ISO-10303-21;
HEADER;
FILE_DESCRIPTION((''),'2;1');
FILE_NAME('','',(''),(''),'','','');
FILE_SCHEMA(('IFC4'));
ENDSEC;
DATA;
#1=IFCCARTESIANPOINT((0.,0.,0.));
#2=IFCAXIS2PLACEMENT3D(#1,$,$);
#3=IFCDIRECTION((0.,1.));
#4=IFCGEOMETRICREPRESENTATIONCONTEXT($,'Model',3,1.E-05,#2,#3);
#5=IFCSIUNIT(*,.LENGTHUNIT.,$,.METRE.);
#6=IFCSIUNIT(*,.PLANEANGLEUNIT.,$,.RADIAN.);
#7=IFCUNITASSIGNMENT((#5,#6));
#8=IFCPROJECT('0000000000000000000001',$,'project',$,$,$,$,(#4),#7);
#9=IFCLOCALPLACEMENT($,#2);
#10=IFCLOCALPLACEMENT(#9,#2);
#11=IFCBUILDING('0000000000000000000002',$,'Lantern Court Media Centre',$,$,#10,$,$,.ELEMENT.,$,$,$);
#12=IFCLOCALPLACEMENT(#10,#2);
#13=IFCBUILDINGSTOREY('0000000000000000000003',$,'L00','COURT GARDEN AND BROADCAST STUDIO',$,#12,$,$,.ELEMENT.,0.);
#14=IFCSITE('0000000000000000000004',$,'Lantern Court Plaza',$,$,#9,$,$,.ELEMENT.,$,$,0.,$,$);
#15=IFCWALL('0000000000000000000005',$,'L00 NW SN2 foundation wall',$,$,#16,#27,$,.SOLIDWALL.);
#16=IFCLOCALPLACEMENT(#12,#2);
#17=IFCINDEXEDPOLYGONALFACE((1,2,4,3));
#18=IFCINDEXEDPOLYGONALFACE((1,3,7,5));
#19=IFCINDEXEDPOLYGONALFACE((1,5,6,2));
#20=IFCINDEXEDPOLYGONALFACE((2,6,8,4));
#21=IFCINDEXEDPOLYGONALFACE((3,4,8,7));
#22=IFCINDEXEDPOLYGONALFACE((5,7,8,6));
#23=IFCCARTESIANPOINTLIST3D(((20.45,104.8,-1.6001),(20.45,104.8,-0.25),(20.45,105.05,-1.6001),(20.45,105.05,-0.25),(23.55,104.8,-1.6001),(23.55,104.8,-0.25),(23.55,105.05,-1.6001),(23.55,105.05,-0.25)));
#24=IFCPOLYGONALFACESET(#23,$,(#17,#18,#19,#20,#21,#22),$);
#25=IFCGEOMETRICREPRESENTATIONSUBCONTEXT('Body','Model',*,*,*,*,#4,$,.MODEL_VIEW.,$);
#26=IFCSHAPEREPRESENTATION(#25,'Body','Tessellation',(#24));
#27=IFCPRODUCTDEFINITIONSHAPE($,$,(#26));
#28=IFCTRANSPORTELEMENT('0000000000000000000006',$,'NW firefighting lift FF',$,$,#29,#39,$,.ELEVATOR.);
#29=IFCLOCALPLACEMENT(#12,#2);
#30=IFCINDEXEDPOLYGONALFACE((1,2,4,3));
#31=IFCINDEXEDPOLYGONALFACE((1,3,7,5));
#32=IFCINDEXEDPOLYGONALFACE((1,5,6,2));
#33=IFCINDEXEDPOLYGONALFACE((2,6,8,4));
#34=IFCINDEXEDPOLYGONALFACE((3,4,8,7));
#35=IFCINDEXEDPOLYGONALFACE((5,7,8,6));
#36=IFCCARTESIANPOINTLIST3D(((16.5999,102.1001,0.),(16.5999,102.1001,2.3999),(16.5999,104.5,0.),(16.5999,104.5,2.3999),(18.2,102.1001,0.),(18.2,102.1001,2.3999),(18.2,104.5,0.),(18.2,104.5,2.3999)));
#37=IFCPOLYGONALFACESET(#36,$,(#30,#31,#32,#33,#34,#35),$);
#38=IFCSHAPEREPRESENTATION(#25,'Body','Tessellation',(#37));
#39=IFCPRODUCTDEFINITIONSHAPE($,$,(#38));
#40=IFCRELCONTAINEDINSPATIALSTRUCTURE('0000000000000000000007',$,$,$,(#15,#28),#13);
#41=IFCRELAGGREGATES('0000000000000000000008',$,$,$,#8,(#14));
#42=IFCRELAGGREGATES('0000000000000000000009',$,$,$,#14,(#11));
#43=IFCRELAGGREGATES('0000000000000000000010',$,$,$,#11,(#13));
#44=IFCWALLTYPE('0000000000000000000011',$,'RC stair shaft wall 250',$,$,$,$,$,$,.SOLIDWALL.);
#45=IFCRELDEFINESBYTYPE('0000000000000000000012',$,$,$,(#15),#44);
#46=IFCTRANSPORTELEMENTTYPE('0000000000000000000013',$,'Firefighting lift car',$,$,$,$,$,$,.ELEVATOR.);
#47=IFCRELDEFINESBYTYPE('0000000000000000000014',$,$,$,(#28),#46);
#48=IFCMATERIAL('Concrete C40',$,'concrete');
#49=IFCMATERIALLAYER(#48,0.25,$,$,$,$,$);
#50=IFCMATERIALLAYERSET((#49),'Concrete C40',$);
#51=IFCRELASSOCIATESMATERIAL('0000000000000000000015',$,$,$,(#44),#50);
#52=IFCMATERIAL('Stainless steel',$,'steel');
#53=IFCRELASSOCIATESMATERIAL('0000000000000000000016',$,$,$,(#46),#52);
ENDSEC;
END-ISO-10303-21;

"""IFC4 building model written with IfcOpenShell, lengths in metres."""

from ifc_helpers import new_model, si_unit, direction, frame, frame_2d, origin, origin_2d, place, context, subcontext, project, spatial, rectangle, extrude, material, layer, layer_set, type_object, element, save


model = new_model("IFC4")

# Units and contexts
model_context = context("Model", 3, precision=1e-05, world=origin(), true_north=direction((0.0, 1.0)))
body_context = subcontext(model_context, "Body", "Model", "MODEL_VIEW")
ifc_project = project(units=[si_unit("LENGTHUNIT", "METRE"), si_unit("PLANEANGLEUNIT", "RADIAN")], contexts=[model_context])

# Site, building, storey
site_placement = place(None, origin())
site = spatial("IfcSite", under=ifc_project, at=site_placement, Name="Lantern Court Plaza", CompositionType="ELEMENT", RefElevation=0.0)
building_placement = place(site_placement, origin())
building = spatial("IfcBuilding", under=site, at=building_placement, Name="Lantern Court Media Centre", CompositionType="ELEMENT")
storey_placement = place(building_placement, origin())
storey = spatial("IfcBuildingStorey", under=building, at=storey_placement, Name="L00", Description="COURT GARDEN AND BROADCAST STUDIO", CompositionType="ELEMENT", Elevation=0.0)

# Wall
ifc_material_1 = material(Name="Concrete C40", Category="concrete")
ifc_layer_1 = layer(ifc_material_1, 0.25)
ifc_layer_set_1 = layer_set([ifc_layer_1], Name="Concrete C40")
wall_type_1 = type_object("IfcWallType", Name="RC stair shaft wall 250", PredefinedType="SOLIDWALL", material=ifc_layer_set_1)
wall_1_placement = place(storey_placement, frame((20.45, 104.925, -1.6001), z_axis=(0.0, 0.0, 1.0), x_axis=(1.0, 0.0, 0.0)))
element("IfcWall", 1, at=wall_1_placement, inside=storey, type_object=wall_type_1, Name="L00 NW SN2 foundation wall", PredefinedType="SOLIDWALL", context=body_context, shape_type="SweptSolid", body=[
    extrude(rectangle(XDim=3.1001, YDim=0.25, at=frame_2d((1.55, 0.0))), origin(), (0.0, 0.0, 1.0), 1.3501),
])

# Transport element
ifc_material_2 = material(Name="Stainless steel", Category="steel")
transport_element_type = type_object("IfcTransportElementType", Name="Firefighting lift car", PredefinedType="ELEVATOR", material=ifc_material_2)
transport_element_placement = place(storey_placement, frame((17.3999, 103.3, 0.0), z_axis=(0.0, 0.0, 1.0), x_axis=(1.0, 0.0, 0.0)))
element("IfcTransportElement", 2, at=transport_element_placement, inside=storey, type_object=transport_element_type, Name="NW firefighting lift FF", PredefinedType="ELEVATOR", context=body_context, shape_type="SweptSolid", body=[
    extrude(rectangle(XDim=1.6001, YDim=2.3999, at=origin_2d()), origin(), (0.0, 0.0, 1.0), 2.3999),
])

save(model, "model.ifc")
